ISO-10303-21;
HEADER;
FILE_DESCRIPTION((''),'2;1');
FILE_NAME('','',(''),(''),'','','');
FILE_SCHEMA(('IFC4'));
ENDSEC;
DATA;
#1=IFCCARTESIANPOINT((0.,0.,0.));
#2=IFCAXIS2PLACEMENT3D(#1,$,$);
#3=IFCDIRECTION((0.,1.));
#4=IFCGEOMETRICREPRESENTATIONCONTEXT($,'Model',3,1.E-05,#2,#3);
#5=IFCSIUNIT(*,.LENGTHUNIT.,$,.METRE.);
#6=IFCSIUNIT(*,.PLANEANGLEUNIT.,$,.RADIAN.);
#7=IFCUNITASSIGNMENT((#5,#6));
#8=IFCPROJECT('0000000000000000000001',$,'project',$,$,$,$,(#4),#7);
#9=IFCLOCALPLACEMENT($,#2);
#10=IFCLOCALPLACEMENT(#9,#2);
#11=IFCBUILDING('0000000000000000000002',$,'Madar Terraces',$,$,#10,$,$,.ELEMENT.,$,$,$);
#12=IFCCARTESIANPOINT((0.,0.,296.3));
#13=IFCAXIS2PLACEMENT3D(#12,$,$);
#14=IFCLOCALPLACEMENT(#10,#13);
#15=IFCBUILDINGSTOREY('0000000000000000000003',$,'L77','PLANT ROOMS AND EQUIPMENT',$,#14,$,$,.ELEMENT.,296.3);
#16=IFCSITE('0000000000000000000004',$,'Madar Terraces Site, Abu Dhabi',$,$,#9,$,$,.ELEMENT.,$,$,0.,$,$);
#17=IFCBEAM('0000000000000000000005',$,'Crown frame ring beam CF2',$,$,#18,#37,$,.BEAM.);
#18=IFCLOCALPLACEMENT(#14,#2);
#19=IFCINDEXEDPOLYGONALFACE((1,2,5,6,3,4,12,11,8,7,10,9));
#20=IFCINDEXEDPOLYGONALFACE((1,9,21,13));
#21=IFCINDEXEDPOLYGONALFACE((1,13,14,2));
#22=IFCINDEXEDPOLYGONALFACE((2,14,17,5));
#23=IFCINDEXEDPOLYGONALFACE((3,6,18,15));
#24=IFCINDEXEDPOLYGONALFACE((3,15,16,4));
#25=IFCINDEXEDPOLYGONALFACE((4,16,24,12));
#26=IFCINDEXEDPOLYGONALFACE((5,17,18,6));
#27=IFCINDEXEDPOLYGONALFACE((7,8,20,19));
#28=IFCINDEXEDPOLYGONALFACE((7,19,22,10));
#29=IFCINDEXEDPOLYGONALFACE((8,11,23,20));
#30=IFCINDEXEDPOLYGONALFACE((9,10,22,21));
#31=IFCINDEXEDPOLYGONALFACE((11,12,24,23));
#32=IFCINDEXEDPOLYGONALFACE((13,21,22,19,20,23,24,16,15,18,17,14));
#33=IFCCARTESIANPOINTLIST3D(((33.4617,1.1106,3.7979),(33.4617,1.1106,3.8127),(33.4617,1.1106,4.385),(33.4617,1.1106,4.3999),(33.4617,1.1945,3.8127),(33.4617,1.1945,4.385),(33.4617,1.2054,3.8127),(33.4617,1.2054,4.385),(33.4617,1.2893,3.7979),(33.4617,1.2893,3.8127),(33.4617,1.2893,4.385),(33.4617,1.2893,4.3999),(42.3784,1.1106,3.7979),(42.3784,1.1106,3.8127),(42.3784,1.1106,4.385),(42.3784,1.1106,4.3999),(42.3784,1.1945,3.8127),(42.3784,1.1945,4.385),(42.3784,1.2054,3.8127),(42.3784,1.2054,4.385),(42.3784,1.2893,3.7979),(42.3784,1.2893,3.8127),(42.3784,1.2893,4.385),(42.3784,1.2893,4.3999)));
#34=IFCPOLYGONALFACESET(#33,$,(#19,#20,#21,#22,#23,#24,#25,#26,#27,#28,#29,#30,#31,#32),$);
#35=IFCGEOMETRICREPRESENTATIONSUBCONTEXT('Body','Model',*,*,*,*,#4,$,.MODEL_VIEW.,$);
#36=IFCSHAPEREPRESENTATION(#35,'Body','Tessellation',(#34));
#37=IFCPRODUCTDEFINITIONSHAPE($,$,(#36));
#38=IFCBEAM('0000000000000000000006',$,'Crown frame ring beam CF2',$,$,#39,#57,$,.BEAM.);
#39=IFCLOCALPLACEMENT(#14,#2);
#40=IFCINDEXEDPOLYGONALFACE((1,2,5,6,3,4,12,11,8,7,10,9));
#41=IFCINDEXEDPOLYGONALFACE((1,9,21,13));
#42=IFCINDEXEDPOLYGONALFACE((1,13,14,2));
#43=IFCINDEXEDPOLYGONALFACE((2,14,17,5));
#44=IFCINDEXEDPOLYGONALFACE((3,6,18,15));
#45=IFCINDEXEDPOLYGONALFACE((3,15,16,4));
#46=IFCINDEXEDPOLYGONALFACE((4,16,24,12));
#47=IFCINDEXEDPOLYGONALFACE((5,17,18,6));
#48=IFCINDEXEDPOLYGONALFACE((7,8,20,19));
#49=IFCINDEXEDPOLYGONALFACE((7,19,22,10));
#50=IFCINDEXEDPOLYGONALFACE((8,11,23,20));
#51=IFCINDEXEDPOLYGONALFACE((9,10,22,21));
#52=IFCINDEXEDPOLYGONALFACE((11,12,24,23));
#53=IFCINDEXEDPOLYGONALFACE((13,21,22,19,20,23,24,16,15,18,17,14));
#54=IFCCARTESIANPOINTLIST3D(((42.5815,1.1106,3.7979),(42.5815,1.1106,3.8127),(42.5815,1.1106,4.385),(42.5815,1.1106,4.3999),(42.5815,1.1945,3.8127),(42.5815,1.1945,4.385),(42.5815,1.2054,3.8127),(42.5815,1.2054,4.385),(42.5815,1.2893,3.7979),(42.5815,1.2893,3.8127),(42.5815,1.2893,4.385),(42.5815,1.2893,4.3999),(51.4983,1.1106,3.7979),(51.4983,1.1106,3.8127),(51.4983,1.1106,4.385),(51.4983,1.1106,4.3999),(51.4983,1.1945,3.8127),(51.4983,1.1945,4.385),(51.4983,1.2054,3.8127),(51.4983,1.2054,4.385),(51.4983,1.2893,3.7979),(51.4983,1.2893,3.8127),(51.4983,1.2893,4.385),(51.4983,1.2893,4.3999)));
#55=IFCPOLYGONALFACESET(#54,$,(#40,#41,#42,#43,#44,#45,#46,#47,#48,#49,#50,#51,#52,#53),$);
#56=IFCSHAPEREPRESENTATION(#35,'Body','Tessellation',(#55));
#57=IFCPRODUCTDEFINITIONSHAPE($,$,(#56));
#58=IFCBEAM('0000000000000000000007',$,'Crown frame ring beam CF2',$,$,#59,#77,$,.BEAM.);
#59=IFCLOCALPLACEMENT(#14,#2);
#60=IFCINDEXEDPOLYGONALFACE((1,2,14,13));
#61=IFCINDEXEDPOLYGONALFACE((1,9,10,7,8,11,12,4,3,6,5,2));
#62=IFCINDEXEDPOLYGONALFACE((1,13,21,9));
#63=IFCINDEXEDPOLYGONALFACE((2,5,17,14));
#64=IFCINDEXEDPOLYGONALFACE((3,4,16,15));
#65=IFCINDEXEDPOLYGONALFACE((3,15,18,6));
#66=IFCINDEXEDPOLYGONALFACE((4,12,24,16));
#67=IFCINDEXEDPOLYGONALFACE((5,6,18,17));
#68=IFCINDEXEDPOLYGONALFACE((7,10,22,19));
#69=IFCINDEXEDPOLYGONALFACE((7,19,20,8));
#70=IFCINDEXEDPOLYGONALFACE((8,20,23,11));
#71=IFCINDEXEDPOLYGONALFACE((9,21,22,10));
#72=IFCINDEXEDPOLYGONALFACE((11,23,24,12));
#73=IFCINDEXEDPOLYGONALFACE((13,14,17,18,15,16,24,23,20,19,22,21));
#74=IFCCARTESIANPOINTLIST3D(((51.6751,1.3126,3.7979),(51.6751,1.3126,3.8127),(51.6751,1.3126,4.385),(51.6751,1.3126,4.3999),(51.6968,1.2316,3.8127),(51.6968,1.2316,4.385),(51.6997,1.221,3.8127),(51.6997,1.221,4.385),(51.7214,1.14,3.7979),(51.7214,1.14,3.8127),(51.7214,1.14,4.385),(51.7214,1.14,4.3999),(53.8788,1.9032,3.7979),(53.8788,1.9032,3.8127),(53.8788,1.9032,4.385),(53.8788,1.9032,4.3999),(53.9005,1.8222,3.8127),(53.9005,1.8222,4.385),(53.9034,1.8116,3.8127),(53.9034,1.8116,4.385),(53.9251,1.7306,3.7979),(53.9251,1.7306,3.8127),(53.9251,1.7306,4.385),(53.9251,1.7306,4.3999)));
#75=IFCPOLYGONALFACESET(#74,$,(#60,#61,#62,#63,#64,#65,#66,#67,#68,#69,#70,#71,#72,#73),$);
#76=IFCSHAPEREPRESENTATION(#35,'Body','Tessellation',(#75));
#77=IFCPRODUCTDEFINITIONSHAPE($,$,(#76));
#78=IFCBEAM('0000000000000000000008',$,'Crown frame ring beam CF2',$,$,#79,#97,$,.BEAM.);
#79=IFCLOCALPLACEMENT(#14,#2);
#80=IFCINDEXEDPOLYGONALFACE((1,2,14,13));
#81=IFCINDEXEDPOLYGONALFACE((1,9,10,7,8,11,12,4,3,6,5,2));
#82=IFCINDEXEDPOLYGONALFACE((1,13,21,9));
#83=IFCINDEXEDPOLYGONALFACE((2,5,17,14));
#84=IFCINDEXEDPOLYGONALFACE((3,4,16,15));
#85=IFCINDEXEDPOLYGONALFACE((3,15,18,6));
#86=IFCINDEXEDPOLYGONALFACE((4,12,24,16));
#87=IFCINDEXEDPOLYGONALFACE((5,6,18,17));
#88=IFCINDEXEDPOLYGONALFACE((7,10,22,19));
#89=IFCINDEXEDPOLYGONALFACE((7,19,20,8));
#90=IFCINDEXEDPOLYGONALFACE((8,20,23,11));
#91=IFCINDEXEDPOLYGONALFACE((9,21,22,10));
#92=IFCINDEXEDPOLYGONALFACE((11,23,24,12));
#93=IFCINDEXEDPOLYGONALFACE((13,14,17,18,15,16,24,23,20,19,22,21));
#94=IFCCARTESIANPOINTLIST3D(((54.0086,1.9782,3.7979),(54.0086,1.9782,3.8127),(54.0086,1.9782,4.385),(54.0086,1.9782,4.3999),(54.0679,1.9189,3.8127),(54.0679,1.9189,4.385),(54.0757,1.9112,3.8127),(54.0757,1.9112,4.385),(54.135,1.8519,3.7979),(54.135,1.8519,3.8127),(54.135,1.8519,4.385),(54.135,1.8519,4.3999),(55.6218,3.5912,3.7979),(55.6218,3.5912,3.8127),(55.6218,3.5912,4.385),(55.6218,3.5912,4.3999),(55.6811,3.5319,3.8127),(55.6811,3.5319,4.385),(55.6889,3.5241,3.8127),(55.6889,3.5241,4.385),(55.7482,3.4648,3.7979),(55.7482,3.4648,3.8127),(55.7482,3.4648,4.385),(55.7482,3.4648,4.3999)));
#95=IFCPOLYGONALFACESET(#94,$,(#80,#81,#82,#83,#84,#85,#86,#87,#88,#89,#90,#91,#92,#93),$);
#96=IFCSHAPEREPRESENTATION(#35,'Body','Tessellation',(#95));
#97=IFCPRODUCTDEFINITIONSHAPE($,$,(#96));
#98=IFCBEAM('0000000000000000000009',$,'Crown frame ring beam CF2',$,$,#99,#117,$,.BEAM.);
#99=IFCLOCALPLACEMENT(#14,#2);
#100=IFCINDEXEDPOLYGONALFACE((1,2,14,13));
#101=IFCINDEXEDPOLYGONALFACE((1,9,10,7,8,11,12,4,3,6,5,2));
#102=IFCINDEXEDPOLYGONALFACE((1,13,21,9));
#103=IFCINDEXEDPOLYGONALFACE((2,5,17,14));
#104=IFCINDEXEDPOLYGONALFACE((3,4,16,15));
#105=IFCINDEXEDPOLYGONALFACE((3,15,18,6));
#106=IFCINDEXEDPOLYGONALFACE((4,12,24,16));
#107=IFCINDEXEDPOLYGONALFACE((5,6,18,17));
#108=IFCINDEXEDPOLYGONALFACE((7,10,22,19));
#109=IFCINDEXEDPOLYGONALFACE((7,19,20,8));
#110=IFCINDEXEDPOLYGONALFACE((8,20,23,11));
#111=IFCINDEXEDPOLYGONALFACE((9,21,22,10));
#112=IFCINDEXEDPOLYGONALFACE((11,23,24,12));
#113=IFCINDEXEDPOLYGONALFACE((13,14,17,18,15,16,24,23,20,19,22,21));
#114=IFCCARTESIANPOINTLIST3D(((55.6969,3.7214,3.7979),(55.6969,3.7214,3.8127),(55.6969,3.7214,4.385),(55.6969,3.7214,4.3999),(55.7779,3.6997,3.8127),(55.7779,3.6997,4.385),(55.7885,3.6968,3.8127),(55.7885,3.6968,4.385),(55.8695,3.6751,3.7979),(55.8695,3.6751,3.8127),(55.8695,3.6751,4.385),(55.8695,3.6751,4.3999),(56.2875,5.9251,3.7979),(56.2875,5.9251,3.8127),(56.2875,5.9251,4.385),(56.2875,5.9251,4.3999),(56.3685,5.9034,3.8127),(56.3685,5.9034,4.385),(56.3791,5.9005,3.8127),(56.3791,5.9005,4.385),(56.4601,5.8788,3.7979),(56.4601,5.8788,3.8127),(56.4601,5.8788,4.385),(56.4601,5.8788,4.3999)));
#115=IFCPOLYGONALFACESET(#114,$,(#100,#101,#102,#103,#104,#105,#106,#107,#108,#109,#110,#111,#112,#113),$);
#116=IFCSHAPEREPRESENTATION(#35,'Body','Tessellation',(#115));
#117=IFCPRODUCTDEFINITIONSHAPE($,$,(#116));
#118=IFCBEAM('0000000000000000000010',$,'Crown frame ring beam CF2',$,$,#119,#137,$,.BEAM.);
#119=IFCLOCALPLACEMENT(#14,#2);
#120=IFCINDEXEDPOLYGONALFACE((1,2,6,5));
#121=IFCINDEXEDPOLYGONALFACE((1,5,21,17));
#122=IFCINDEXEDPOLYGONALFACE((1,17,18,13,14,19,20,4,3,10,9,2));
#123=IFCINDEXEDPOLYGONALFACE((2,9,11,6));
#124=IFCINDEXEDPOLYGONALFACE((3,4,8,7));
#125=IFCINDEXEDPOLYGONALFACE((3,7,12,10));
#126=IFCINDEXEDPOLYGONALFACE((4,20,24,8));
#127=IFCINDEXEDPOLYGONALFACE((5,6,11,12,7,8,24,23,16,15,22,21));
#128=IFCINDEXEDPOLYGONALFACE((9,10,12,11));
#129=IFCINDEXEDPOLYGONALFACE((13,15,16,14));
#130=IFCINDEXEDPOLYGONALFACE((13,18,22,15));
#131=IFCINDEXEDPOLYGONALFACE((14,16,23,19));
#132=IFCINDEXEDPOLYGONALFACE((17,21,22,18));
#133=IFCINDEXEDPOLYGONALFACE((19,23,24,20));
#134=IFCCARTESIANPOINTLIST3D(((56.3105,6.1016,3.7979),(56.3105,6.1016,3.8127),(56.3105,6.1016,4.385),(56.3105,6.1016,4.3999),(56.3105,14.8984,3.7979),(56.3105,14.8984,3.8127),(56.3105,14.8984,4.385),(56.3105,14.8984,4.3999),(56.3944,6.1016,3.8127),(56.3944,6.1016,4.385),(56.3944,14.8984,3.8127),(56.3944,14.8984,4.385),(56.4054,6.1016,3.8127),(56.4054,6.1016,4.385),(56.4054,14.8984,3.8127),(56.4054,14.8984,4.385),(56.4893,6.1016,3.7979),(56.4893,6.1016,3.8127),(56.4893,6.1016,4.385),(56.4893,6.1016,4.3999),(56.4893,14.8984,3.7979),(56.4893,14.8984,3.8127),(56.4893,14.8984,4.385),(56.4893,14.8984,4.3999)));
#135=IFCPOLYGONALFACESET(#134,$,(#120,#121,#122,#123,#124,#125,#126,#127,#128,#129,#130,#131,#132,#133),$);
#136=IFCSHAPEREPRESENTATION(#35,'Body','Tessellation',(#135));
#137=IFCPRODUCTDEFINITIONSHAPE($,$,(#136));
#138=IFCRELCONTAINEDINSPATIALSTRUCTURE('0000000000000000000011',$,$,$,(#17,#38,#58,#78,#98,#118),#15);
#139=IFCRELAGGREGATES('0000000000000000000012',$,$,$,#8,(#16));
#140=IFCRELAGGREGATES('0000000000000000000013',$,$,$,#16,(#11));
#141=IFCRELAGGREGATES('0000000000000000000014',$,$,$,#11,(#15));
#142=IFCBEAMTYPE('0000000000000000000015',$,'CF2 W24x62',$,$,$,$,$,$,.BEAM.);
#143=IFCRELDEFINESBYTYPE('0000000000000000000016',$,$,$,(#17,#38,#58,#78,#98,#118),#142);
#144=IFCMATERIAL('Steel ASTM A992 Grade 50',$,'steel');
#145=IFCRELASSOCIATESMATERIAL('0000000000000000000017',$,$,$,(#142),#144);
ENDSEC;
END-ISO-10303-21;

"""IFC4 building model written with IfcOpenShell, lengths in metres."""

from ifc_helpers import new_model, si_unit, direction, frame, origin, origin_2d, place, context, subcontext, project, spatial, i_section, extrude, material, material_profile, profile_set, type_object, element, save


model = new_model("IFC4")

# Units and contexts
model_context = context("Model", 3, precision=1e-05, world=origin(), true_north=direction((0.0, 1.0)))
body_context = subcontext(model_context, "Body", "Model", "MODEL_VIEW")
ifc_project = project(units=[si_unit("LENGTHUNIT", "METRE"), si_unit("PLANEANGLEUNIT", "RADIAN")], contexts=[model_context])

# Site, building, storey
site_placement = place(None, origin())
site = spatial("IfcSite", under=ifc_project, at=site_placement, Name="Madar Terraces Site, Abu Dhabi", CompositionType="ELEMENT", RefElevation=0.0)
building_placement = place(site_placement, origin())
building = spatial("IfcBuilding", under=site, at=building_placement, Name="Madar Terraces", CompositionType="ELEMENT")
storey_placement = place(building_placement, frame((0.0, 0.0, 296.3)))
storey = spatial("IfcBuildingStorey", under=building, at=storey_placement, Name="L77", Description="PLANT ROOMS AND EQUIPMENT", CompositionType="ELEMENT", Elevation=296.3)

# Beams
ifc_material_1 = material(Name="Steel ASTM A992 Grade 50", Category="steel")
ifc_material_profile_1 = material_profile(ifc_material_1, i_section(OverallWidth=0.1787, OverallDepth=0.6021, WebThickness=0.011, FlangeThickness=0.0149, at=origin_2d()), Name="W24x62")
ifc_profile_set_1 = profile_set([ifc_material_profile_1], Name="Steel ASTM A992 Grade 50")
beam_type = type_object("IfcBeamType", Name="CF2 W24x62", PredefinedType="BEAM", material=ifc_profile_set_1)
for number, where, z_axis, x_axis, name in (
    (1, (33.4617, 1.2, 4.0989), (1.0, 0.0, 0.0), (0.0, 1.0, 0.0), "Crown frame ring beam CF2"),
    (2, (42.5815, 1.2, 4.0989), (1.0, 0.0, 0.0), (0.0, 1.0, 0.0), "Crown frame ring beam CF2"),
):
    element("IfcBeam", number, at=place(storey_placement, frame(where, z_axis=z_axis, x_axis=x_axis)), inside=storey, type_object=beam_type, Name=name, PredefinedType="BEAM", context=body_context, shape_type="SweptSolid", body=[
        extrude(i_section(OverallWidth=0.1787, OverallDepth=0.6021, WebThickness=0.011, FlangeThickness=0.0149, at=origin_2d()), origin(), (0.0, 0.0, 1.0), 8.9167),
    ])
beam_1_placement = place(storey_placement, frame((51.6982, 1.2263, 4.0989), z_axis=(0.965913, 0.258868, 0.0), x_axis=(-0.258868, 0.965913, 0.0)))
element("IfcBeam", 3, at=beam_1_placement, inside=storey, type_object=beam_type, Name="Crown frame ring beam CF2", PredefinedType="BEAM", context=body_context, shape_type="SweptSolid", body=[
    extrude(i_section(OverallWidth=0.1787, OverallDepth=0.6021, WebThickness=0.011, FlangeThickness=0.0149, at=origin_2d()), origin(), (0.0, 0.0, 1.0), 2.2815),
])
beam_2_placement = place(storey_placement, frame((54.0718, 1.915, 4.0989), z_axis=(0.70716, 0.707053, 0.0), x_axis=(-0.707053, 0.70716, 0.0)))
element("IfcBeam", 4, at=beam_2_placement, inside=storey, type_object=beam_type, Name="Crown frame ring beam CF2", PredefinedType="BEAM", context=body_context, shape_type="SweptSolid", body=[
    extrude(i_section(OverallWidth=0.1787, OverallDepth=0.6021, WebThickness=0.011, FlangeThickness=0.0149, at=origin_2d()), origin(), (0.0, 0.0, 1.0), 2.2812),
])
beam_3_placement = place(storey_placement, frame((55.7832, 3.6982, 4.0989), z_axis=(0.258868, 0.965913, 0.0), x_axis=(-0.965913, 0.258868, 0.0)))
element("IfcBeam", 5, at=beam_3_placement, inside=storey, type_object=beam_type, Name="Crown frame ring beam CF2", PredefinedType="BEAM", context=body_context, shape_type="SweptSolid", body=[
    extrude(i_section(OverallWidth=0.1787, OverallDepth=0.6021, WebThickness=0.011, FlangeThickness=0.0149, at=origin_2d()), origin(), (0.0, 0.0, 1.0), 2.2815),
])
beam_4_placement = place(storey_placement, frame((56.3999, 6.1016, 4.0989), z_axis=(0.0, 1.0, 0.0), x_axis=(-1.0, 0.0, 0.0)))
element("IfcBeam", 6, at=beam_4_placement, inside=storey, type_object=beam_type, Name="Crown frame ring beam CF2", PredefinedType="BEAM", context=body_context, shape_type="SweptSolid", body=[
    extrude(i_section(OverallWidth=0.1787, OverallDepth=0.6021, WebThickness=0.011, FlangeThickness=0.0149, at=origin_2d()), origin(), (0.0, 0.0, 1.0), 8.7969),
])

save(model, "model.ifc")
